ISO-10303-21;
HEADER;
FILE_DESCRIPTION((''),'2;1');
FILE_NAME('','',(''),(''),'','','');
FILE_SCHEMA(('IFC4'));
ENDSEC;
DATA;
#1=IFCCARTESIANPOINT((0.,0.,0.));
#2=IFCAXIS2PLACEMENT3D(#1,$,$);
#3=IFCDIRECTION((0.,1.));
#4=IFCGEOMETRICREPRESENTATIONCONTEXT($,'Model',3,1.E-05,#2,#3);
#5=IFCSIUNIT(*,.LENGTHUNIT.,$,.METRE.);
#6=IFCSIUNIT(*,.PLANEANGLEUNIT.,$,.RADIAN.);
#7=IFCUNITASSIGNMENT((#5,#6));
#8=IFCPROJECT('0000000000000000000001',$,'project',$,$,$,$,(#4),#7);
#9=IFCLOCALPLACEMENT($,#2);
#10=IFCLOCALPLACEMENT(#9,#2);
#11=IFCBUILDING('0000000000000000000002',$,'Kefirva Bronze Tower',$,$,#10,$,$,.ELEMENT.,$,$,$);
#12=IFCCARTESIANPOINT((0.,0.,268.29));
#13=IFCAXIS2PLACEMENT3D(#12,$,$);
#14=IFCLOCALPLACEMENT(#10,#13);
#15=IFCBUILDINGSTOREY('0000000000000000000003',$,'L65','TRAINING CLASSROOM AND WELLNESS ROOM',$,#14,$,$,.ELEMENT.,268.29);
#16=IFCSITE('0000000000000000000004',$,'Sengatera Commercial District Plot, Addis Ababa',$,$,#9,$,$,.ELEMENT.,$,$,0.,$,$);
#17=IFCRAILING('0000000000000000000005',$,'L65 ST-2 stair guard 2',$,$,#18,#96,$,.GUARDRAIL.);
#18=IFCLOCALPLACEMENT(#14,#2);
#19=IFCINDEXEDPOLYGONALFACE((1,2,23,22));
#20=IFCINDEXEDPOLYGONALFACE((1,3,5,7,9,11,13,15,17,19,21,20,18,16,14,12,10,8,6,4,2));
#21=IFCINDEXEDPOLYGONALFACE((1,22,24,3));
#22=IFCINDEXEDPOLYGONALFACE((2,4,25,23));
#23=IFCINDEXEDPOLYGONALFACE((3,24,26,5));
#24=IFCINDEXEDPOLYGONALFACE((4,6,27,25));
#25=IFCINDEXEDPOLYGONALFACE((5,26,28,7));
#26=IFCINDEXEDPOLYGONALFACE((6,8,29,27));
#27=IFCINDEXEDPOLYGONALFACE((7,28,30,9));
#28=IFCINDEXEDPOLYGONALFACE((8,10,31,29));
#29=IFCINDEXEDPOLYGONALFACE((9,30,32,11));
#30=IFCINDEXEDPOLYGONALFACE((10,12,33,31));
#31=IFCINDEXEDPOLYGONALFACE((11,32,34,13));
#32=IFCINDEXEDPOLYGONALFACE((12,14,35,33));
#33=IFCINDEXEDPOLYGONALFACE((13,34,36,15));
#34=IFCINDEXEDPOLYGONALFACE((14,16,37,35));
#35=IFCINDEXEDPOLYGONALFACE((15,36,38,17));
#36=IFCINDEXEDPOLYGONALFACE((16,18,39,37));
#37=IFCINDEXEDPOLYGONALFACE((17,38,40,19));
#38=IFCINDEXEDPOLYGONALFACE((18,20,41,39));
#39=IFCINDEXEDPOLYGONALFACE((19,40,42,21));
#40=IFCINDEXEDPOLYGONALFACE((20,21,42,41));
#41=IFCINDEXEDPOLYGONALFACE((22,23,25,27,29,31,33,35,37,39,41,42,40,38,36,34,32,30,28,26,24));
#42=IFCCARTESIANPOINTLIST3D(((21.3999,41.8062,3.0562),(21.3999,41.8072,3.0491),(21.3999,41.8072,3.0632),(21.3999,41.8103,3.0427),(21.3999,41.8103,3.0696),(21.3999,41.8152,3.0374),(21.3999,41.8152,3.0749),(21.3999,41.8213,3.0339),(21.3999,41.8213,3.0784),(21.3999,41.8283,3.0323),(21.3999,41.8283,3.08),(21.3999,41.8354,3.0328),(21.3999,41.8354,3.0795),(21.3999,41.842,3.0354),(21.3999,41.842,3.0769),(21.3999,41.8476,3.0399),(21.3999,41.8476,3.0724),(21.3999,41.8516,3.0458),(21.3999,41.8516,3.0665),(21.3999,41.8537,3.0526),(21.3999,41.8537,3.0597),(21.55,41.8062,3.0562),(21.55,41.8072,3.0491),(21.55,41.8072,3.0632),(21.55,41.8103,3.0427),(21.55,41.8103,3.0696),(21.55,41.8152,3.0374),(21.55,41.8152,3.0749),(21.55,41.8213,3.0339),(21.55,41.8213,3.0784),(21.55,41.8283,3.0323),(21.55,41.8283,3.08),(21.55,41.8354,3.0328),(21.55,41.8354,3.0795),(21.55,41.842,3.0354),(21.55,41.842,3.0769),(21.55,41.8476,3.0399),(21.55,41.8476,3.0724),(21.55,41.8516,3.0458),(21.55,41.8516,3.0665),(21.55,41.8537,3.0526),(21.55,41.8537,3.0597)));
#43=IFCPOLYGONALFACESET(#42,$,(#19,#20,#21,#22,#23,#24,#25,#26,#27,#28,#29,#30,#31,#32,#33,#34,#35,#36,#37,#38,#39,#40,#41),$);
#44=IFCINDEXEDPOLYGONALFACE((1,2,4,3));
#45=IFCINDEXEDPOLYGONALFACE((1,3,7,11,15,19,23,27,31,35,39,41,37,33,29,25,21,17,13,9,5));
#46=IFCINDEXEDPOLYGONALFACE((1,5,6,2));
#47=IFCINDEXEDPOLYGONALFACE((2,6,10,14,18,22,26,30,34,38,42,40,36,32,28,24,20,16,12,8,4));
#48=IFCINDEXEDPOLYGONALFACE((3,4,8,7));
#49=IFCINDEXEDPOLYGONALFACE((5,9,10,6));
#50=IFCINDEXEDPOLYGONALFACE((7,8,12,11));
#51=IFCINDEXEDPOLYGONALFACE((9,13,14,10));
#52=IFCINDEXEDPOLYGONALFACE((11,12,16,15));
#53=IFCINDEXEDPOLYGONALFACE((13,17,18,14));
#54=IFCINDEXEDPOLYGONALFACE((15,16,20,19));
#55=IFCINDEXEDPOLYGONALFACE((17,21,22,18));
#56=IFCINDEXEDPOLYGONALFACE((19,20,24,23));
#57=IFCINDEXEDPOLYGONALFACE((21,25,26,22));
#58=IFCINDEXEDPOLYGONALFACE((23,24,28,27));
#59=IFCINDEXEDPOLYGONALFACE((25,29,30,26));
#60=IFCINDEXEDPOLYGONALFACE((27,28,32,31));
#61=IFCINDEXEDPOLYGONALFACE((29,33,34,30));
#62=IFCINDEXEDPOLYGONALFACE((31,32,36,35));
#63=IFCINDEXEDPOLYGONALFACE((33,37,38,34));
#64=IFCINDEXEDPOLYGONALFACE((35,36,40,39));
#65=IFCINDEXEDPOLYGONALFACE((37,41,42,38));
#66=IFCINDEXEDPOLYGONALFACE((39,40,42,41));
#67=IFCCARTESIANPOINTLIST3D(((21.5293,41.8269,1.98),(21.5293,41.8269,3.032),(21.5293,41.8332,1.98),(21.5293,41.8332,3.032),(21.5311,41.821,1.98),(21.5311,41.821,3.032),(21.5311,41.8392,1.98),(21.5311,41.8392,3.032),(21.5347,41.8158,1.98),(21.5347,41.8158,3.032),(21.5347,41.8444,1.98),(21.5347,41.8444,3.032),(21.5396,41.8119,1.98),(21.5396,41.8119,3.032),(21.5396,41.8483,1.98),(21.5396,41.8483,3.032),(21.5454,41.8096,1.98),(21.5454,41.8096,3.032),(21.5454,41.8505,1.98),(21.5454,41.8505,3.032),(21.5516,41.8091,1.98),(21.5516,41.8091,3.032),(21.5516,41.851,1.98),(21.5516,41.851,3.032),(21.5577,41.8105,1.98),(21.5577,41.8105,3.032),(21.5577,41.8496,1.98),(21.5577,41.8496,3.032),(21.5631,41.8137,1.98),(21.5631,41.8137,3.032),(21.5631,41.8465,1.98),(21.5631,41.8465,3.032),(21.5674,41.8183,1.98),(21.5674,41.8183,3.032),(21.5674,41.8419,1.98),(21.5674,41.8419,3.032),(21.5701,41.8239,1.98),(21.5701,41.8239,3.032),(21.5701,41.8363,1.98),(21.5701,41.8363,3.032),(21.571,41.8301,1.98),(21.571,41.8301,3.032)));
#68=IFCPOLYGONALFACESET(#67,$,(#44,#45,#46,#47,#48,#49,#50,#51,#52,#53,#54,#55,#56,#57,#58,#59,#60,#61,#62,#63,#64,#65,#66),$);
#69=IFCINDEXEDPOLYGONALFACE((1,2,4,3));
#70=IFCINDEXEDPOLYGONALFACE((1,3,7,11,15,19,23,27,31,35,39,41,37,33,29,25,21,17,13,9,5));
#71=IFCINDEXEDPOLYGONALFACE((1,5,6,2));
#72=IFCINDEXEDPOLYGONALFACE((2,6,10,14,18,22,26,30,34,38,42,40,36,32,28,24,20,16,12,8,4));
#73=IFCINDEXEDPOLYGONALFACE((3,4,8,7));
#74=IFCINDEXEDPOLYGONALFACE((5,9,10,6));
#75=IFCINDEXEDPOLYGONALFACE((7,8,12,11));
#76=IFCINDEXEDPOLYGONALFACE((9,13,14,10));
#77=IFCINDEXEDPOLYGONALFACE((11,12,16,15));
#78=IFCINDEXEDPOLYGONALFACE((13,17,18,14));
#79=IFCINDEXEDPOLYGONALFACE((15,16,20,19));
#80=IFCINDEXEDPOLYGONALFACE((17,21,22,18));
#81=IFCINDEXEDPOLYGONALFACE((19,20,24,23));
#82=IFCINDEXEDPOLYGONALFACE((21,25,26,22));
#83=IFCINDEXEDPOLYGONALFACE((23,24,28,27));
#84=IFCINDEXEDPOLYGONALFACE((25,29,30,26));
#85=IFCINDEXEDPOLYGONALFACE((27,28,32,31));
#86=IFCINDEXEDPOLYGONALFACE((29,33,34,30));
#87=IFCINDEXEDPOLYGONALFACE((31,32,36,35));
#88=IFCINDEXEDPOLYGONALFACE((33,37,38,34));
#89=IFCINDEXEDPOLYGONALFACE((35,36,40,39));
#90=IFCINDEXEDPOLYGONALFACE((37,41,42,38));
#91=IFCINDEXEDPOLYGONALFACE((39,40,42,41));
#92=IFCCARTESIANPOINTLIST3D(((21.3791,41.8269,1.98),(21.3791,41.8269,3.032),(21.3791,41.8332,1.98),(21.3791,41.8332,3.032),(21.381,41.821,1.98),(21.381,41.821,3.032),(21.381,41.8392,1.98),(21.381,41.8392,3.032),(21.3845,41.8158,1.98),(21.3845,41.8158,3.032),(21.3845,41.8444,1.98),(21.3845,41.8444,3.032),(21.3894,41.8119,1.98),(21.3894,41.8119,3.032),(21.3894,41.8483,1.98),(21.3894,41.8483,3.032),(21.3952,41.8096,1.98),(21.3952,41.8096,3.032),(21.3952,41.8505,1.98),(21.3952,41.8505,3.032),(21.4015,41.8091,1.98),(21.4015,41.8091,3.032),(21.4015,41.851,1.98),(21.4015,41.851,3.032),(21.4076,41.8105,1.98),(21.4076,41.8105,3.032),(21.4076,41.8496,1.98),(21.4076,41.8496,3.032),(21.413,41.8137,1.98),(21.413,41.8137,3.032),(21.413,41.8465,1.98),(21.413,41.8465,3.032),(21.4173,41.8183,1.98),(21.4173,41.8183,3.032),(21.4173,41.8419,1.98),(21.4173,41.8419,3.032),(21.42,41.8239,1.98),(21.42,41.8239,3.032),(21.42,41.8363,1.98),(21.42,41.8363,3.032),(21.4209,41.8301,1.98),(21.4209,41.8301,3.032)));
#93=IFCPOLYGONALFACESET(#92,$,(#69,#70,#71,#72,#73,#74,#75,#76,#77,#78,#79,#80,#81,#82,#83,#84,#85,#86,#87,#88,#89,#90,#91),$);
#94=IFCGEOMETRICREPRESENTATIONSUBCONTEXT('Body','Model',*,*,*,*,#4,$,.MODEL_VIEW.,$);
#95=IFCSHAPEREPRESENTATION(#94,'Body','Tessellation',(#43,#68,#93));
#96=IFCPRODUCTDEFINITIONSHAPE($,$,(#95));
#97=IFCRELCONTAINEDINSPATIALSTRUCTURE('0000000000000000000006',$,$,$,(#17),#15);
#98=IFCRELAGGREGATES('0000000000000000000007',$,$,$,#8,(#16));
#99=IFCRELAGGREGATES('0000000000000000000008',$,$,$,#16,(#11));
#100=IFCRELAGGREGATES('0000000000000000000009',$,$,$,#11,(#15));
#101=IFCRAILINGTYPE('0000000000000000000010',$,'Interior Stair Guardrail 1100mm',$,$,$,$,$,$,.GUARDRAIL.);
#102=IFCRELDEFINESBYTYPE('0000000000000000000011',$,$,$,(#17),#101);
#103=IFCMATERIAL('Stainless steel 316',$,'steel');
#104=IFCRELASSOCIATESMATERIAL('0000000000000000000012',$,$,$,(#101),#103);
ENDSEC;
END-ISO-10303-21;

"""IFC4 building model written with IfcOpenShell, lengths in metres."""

from ifc_helpers import new_model, si_unit, direction, frame, origin, origin_2d, place, context, subcontext, project, spatial, circle, extrude, material, type_object, element, save


model = new_model("IFC4")

# Units and contexts
model_context = context("Model", 3, precision=1e-05, world=origin(), true_north=direction((0.0, 1.0)))
body_context = subcontext(model_context, "Body", "Model", "MODEL_VIEW")
ifc_project = project(units=[si_unit("LENGTHUNIT", "METRE"), si_unit("PLANEANGLEUNIT", "RADIAN")], contexts=[model_context])

# Site, building, storey
site_placement = place(None, origin())
site = spatial("IfcSite", under=ifc_project, at=site_placement, Name="Sengatera Commercial District Plot, Addis Ababa", CompositionType="ELEMENT", RefElevation=0.0)
building_placement = place(site_placement, origin())
building = spatial("IfcBuilding", under=site, at=building_placement, Name="Kefirva Bronze Tower", CompositionType="ELEMENT")
storey_placement = place(building_placement, frame((0.0, 0.0, 268.29)))
storey = spatial("IfcBuildingStorey", under=building, at=storey_placement, Name="L65", Description="TRAINING CLASSROOM AND WELLNESS ROOM", CompositionType="ELEMENT", Elevation=268.29)

# Railing
ifc_material_1 = material(Name="Stainless steel 316", Category="steel")
railing_type_1 = type_object("IfcRailingType", Name="Interior Stair Guardrail 1100mm", PredefinedType="GUARDRAIL", material=ifc_material_1)
railing_1_placement = place(storey_placement, frame((21.55, 41.8301, 1.98)))
element("IfcRailing", 1, at=railing_1_placement, inside=storey, type_object=railing_type_1, Name="L65 ST-2 stair guard 2", PredefinedType="GUARDRAIL", context=body_context, shape_type="SweptSolid", body=[
    extrude(circle(Radius=0.0239, at=origin_2d()), frame((0.0, 0.0, 1.0762), z_axis=(-1.0, 0.0, 0.0), x_axis=(0.0, -1.0, 0.0)), (0.0, 0.0, 1.0), 0.1501),
    extrude(circle(Radius=0.021, at=origin_2d()), origin(), (0.0, 0.0, 1.0), 1.052),
    extrude(circle(Radius=0.021, at=origin_2d()), frame((-0.1501, 0.0, 0.0)), (0.0, 0.0, 1.0), 1.052),
])

save(model, "model.ifc")
